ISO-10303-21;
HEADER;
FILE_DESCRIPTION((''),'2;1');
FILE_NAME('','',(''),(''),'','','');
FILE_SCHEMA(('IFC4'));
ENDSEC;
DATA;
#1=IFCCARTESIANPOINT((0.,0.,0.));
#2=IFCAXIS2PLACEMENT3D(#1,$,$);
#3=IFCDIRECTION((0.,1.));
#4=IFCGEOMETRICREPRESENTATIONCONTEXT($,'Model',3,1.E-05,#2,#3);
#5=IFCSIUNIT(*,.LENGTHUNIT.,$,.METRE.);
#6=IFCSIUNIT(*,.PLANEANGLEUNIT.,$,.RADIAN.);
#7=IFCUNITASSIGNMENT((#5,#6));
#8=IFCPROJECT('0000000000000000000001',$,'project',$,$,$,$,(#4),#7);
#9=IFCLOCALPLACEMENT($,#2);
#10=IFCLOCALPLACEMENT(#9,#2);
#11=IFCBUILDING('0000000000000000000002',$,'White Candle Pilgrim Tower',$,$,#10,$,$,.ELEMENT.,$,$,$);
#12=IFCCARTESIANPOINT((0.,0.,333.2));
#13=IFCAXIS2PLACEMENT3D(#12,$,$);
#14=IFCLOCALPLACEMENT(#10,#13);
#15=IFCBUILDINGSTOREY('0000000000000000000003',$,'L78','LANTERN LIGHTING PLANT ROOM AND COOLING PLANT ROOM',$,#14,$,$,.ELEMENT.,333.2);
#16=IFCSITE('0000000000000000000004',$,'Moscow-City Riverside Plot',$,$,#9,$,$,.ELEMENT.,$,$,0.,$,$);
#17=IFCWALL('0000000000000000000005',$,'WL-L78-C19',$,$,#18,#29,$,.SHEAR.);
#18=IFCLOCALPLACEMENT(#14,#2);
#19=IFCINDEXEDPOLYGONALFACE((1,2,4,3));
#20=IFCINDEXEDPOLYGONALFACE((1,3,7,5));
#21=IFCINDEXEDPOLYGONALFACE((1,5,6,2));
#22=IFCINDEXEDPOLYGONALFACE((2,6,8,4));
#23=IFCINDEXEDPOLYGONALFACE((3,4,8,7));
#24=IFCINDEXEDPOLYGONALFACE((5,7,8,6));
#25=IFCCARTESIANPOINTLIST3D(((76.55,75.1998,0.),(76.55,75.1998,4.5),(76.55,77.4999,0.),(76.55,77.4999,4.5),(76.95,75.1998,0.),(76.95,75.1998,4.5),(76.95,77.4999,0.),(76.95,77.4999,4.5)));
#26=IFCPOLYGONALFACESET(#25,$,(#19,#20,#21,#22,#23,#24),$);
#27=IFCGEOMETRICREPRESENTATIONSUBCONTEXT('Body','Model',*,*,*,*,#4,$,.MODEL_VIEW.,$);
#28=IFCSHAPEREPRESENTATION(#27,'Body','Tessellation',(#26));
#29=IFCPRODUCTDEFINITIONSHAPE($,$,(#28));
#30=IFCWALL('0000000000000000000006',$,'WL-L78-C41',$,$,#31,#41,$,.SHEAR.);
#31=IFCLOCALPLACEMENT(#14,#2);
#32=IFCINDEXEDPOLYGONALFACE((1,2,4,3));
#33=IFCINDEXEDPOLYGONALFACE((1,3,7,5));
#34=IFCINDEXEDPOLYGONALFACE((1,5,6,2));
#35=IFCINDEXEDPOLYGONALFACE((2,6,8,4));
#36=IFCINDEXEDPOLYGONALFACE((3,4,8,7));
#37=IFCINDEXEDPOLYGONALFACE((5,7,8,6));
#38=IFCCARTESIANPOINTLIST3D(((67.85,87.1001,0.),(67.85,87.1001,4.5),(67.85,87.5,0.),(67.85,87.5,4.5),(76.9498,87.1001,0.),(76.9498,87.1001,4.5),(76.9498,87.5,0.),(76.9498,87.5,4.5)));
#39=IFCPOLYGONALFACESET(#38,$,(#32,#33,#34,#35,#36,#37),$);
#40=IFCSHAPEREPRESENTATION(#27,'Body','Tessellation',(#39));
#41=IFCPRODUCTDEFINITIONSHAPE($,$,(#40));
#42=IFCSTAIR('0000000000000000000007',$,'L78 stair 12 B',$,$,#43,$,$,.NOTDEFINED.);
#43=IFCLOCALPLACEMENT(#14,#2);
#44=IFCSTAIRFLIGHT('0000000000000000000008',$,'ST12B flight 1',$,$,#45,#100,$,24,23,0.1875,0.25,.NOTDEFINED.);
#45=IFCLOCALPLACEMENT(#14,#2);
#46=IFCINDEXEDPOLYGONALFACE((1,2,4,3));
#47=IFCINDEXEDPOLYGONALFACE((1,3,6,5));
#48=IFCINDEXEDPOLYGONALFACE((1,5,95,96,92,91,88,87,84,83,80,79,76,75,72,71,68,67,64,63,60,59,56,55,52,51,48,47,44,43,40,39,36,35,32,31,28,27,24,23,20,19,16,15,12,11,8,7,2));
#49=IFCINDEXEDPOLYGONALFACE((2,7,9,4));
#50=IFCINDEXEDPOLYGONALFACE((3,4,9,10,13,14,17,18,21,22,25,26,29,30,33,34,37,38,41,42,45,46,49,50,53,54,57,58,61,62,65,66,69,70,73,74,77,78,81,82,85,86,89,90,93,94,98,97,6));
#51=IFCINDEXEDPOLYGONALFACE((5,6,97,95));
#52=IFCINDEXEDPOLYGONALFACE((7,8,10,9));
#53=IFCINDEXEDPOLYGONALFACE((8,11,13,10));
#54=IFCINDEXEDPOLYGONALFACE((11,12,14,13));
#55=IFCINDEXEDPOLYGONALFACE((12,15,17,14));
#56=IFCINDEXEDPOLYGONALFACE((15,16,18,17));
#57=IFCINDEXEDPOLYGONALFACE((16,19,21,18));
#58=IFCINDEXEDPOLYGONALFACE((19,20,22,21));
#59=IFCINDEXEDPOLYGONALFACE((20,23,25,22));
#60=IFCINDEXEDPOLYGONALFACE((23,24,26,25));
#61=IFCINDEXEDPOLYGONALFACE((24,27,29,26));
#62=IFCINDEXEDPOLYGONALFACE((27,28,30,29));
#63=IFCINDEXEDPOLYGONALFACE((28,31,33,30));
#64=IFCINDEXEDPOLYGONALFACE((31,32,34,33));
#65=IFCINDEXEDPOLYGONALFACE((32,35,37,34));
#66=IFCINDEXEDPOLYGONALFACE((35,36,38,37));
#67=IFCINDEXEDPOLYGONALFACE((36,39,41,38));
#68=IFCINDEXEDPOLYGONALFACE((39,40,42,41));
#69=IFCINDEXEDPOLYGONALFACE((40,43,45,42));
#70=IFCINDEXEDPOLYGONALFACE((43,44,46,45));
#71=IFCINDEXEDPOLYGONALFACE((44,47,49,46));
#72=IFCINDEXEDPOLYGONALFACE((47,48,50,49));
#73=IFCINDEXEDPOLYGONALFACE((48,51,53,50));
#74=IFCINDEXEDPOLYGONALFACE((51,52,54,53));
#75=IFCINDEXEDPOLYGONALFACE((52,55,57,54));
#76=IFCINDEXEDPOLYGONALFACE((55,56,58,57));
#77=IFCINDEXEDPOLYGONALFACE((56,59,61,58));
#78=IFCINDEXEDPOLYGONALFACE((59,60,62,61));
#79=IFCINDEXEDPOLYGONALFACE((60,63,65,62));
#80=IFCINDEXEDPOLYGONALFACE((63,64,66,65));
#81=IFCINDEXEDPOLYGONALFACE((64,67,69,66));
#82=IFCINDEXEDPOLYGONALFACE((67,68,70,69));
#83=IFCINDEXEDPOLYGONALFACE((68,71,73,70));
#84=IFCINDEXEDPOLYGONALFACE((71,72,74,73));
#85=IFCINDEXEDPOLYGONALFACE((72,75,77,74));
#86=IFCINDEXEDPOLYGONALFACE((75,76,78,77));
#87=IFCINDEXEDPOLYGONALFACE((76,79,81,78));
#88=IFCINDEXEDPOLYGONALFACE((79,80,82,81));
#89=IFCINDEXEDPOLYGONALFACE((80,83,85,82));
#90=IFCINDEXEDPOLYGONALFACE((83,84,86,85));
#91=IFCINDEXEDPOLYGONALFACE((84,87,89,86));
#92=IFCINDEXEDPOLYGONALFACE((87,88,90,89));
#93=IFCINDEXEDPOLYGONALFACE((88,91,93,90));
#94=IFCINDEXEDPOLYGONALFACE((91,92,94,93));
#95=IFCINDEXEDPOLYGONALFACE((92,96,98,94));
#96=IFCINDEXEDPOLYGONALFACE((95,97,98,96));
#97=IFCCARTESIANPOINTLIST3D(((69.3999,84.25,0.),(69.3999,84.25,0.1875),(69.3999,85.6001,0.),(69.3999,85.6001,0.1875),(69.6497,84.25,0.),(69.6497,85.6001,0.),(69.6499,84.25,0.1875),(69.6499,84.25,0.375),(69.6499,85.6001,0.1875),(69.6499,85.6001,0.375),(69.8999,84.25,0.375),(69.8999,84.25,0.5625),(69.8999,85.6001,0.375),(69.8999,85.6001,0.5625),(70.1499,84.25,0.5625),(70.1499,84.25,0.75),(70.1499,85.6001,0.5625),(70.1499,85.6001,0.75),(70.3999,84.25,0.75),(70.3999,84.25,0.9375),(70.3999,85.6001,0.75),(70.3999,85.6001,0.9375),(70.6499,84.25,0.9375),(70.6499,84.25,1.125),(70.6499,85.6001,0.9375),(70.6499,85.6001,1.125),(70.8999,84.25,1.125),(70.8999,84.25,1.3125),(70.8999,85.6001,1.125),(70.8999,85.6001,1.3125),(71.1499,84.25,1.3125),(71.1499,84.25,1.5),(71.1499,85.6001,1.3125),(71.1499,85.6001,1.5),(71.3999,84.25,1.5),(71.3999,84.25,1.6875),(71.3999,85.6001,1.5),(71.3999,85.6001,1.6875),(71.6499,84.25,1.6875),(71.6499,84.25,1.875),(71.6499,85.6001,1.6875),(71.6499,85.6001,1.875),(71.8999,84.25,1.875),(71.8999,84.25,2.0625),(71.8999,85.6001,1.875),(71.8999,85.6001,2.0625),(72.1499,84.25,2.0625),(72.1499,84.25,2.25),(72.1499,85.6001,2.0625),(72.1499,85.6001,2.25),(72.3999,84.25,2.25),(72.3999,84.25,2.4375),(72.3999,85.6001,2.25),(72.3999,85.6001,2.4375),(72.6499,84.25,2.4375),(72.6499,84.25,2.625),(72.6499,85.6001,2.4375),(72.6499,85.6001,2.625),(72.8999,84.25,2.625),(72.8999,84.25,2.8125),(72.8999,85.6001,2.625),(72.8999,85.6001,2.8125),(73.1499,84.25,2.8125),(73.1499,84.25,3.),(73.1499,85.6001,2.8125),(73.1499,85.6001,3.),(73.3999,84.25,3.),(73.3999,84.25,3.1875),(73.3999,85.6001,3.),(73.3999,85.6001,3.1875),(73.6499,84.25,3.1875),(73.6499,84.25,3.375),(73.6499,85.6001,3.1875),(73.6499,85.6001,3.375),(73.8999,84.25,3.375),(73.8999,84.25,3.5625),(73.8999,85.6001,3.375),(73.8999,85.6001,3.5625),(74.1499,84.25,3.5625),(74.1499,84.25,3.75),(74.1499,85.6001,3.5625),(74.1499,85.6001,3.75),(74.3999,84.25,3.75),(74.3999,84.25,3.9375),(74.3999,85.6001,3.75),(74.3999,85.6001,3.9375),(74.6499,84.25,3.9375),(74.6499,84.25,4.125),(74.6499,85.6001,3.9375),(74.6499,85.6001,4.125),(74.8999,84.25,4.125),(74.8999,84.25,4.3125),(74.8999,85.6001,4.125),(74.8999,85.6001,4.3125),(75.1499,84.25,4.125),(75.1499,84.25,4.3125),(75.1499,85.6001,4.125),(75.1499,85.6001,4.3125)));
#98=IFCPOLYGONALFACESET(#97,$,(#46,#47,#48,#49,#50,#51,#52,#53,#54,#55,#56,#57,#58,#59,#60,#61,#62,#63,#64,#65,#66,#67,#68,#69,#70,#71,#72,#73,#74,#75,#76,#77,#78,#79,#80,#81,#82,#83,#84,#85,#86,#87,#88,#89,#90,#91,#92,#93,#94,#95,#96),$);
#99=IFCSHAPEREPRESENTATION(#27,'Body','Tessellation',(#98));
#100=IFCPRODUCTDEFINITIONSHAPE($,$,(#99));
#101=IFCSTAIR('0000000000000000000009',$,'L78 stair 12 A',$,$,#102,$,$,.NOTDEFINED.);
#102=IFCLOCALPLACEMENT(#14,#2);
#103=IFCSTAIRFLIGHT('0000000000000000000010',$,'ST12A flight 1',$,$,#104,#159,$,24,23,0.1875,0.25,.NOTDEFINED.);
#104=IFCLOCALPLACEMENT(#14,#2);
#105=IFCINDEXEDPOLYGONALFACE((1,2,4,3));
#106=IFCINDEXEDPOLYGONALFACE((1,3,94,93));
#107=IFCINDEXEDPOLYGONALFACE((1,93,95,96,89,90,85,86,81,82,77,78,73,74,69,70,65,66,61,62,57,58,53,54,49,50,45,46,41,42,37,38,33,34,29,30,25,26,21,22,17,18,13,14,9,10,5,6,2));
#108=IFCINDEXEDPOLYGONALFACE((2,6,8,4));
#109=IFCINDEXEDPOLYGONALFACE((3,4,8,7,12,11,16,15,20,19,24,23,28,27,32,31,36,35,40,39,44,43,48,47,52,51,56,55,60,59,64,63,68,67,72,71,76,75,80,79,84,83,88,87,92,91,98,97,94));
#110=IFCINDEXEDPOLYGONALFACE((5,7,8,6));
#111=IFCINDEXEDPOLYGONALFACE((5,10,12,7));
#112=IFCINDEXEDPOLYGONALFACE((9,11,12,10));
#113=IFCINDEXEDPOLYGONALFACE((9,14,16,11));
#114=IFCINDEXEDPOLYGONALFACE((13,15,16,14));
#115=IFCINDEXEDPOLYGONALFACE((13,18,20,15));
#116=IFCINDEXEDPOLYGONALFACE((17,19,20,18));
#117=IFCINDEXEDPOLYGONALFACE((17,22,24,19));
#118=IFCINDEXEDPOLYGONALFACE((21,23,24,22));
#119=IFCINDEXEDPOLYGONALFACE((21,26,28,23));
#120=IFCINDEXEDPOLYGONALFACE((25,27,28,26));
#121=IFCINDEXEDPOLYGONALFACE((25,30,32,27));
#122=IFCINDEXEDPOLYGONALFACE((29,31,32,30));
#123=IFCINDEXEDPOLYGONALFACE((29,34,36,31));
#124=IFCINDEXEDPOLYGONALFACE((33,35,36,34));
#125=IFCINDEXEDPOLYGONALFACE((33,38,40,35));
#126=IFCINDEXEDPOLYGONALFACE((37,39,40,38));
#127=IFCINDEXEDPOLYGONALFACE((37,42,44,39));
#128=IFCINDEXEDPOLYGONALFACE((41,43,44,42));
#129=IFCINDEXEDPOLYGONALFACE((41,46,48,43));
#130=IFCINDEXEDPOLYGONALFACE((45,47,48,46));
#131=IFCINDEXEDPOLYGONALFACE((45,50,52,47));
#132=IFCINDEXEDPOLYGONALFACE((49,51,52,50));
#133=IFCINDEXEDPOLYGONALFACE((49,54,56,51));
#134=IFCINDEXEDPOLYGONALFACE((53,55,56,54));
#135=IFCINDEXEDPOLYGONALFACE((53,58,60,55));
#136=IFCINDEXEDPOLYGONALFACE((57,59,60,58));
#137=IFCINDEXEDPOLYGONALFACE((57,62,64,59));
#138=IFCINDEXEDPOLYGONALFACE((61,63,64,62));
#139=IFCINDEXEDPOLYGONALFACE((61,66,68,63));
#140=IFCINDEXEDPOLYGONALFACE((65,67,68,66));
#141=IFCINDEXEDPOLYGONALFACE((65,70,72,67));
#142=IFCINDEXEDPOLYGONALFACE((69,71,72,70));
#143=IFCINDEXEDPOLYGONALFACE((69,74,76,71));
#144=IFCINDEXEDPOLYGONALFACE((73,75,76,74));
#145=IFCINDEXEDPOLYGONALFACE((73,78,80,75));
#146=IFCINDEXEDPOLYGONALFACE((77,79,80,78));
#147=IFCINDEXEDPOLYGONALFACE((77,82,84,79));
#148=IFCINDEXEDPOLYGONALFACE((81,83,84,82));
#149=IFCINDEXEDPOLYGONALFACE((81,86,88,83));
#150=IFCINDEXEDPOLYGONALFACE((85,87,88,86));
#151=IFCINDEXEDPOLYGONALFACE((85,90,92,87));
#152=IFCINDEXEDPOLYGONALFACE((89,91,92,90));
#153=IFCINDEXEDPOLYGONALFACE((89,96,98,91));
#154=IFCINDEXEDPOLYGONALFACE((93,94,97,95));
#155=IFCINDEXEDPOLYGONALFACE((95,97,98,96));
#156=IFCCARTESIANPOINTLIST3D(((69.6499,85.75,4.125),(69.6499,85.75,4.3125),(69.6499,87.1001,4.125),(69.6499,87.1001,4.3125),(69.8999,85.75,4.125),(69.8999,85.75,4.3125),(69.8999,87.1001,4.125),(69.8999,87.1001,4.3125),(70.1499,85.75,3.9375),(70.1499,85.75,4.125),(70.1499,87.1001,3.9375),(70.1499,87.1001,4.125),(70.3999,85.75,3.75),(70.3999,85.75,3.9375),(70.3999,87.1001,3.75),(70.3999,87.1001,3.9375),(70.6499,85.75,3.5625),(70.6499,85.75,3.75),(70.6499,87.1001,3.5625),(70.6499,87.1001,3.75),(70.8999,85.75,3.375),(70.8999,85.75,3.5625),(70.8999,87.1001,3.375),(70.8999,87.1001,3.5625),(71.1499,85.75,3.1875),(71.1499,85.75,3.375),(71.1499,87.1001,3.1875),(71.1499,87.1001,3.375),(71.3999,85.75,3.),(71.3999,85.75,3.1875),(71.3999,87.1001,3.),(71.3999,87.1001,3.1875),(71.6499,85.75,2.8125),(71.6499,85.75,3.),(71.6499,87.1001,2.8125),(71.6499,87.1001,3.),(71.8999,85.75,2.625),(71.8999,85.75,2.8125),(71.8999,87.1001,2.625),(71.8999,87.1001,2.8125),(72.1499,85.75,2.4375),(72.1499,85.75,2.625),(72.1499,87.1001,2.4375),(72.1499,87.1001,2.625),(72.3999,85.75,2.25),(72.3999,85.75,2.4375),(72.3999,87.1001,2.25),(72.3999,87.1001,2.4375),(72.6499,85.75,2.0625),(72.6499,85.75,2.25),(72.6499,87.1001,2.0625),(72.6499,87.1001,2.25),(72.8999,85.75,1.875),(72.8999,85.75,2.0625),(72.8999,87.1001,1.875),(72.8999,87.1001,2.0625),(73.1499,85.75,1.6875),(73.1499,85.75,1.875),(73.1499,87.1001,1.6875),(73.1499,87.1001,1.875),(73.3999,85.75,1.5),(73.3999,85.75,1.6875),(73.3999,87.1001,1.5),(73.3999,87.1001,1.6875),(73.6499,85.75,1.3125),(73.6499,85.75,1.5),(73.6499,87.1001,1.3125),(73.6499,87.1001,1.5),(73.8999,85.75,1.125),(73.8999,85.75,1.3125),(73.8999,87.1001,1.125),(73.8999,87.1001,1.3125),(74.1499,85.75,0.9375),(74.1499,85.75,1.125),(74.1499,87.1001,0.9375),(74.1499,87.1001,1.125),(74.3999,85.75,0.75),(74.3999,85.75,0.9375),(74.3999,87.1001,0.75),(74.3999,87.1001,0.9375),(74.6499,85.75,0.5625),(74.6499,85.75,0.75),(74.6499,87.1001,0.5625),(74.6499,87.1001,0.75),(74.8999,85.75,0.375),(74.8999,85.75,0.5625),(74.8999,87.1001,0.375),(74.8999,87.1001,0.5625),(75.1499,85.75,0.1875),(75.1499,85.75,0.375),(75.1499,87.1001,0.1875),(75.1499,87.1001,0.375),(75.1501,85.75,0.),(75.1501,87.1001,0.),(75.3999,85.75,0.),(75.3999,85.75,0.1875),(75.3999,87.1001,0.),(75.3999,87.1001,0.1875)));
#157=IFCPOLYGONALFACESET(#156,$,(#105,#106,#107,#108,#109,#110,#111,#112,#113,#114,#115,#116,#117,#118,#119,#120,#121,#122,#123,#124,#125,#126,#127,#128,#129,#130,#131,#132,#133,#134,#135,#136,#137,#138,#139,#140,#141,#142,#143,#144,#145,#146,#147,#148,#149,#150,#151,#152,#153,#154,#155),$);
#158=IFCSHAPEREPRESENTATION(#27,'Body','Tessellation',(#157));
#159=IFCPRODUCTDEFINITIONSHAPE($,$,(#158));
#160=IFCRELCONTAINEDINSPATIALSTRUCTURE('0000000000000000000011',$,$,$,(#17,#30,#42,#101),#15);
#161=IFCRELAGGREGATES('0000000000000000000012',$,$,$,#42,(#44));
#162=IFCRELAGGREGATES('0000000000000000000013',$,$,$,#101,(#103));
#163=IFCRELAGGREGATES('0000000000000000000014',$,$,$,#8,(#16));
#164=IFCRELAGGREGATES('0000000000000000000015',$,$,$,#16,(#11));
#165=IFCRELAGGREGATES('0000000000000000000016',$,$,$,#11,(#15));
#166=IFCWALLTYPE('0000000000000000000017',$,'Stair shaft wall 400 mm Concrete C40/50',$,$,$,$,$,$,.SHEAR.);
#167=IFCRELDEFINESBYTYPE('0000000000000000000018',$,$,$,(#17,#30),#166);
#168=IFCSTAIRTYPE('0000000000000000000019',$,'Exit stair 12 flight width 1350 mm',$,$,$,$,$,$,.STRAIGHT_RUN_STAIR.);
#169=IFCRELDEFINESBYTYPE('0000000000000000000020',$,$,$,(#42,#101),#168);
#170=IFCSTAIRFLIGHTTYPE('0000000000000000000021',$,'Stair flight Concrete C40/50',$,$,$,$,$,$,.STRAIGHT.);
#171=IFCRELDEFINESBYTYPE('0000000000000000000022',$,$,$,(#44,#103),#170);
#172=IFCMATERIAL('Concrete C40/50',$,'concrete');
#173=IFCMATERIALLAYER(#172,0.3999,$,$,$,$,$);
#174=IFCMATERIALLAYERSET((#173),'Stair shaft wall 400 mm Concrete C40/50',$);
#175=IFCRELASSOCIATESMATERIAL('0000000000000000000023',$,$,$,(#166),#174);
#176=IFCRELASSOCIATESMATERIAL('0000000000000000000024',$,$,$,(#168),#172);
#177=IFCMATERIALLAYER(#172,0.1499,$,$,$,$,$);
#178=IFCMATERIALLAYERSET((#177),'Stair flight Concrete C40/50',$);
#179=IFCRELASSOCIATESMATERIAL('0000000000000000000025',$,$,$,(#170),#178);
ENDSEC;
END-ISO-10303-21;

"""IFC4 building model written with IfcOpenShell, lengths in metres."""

from ifc_helpers import new_model, si_unit, direction, frame, frame_2d, origin, place, context, subcontext, project, spatial, polyline, rectangle, outline, extrude, material, layer, layer_set, type_object, element, aggregate, save


model = new_model("IFC4")

# Units and contexts
model_context = context("Model", 3, precision=1e-05, world=origin(), true_north=direction((0.0, 1.0)))
body_context = subcontext(model_context, "Body", "Model", "MODEL_VIEW")
ifc_project = project(units=[si_unit("LENGTHUNIT", "METRE"), si_unit("PLANEANGLEUNIT", "RADIAN")], contexts=[model_context])

# Site, building, storey
site_placement = place(None, origin())
site = spatial("IfcSite", under=ifc_project, at=site_placement, Name="Moscow-City Riverside Plot", CompositionType="ELEMENT", RefElevation=0.0)
building_placement = place(site_placement, origin())
building = spatial("IfcBuilding", under=site, at=building_placement, Name="White Candle Pilgrim Tower", CompositionType="ELEMENT")
storey_placement = place(building_placement, frame((0.0, 0.0, 333.2)))
storey = spatial("IfcBuildingStorey", under=building, at=storey_placement, Name="L78", Description="LANTERN LIGHTING PLANT ROOM AND COOLING PLANT ROOM", CompositionType="ELEMENT", Elevation=333.2)

# Shared definitions
ifc_material_1 = material(Name="Concrete C40/50", Category="concrete")

# Walls
ifc_layer_1 = layer(ifc_material_1, 0.3999)
ifc_layer_set_1 = layer_set([ifc_layer_1], Name="Stair shaft wall 400 mm Concrete C40/50")
wall_type_1 = type_object("IfcWallType", Name="Stair shaft wall 400 mm Concrete C40/50", PredefinedType="SHEAR", material=ifc_layer_set_1)
wall_1_placement = place(storey_placement, frame((76.75, 75.2, 0.0), z_axis=(0.0, 0.0, 1.0), x_axis=(0.0, 1.0, 0.0)))
element("IfcWall", 1, at=wall_1_placement, inside=storey, type_object=wall_type_1, Name="WL-L78-C19", PredefinedType="SHEAR", context=body_context, shape_type="SweptSolid", body=[
    extrude(rectangle(XDim=2.3, YDim=0.3999, at=frame_2d((1.1499, 0.0))), origin(), (0.0, 0.0, 1.0), 4.5),
])
wall_2_placement = place(storey_placement, frame((67.8501, 87.3, 0.0), z_axis=(0.0, 0.0, 1.0), x_axis=(1.0, 0.0, 0.0)))
element("IfcWall", 2, at=wall_2_placement, inside=storey, type_object=wall_type_1, Name="WL-L78-C41", PredefinedType="SHEAR", context=body_context, shape_type="SweptSolid", body=[
    extrude(rectangle(XDim=9.0999, YDim=0.3999, at=frame_2d((4.5498, 0.0))), origin(), (0.0, 0.0, 1.0), 4.5),
])

# Stairs, stair flights
stair_type = type_object("IfcStairType", Name="Exit stair 12 flight width 1350 mm", PredefinedType="STRAIGHT_RUN_STAIR", material=ifc_material_1)
stair_1_placement = place(storey_placement, origin())
stair_1 = element("IfcStair", 3, at=stair_1_placement, inside=storey, type_object=stair_type, Name="L78 stair 12 B", PredefinedType="NOTDEFINED")
ifc_layer_2 = layer(ifc_material_1, 0.1499)
ifc_layer_set_2 = layer_set([ifc_layer_2], Name="Stair flight Concrete C40/50")
stair_flight_type = type_object("IfcStairFlightType", Name="Stair flight Concrete C40/50", PredefinedType="STRAIGHT", material=ifc_layer_set_2)
stair_flight_1_placement = place(storey_placement, frame((69.3999, 84.925, 0.0), z_axis=(0.0, 0.0, 1.0), x_axis=(1.0, 0.0, 0.0)))
stair_flight_1 = element("IfcStairFlight", 4, at=stair_flight_1_placement, type_object=stair_flight_type, Name="ST12B flight 1", NumberOfRisers=24, NumberOfTreads=23, PredefinedType="NOTDEFINED", RiserHeight=0.1875, TreadLength=0.25, context=body_context, shape_type="SweptSolid", body=[
    extrude(outline(polyline([(0.0, 0.0), (0.0, 0.1875), (0.25, 0.1875), (0.25, 0.375), (0.5, 0.375), (0.5, 0.5625), (0.75, 0.5625), (0.75, 0.75), (1.0, 0.75), (1.0, 0.9375), (1.25, 0.9375), (1.25, 1.125), (1.5, 1.125), (1.5, 1.3125), (1.75, 1.3125), (1.75, 1.5), (2.0, 1.5), (2.0, 1.6875), (2.25, 1.6875), (2.25, 1.875), (2.5, 1.875), (2.5, 2.0625), (2.75, 2.0625), (2.75, 2.25), (3.0, 2.25), (3.0, 2.4375), (3.25, 2.4375), (3.25, 2.625), (3.5, 2.625), (3.5, 2.8125), (3.75, 2.8125), (3.75, 3.0), (4.0, 3.0), (4.0, 3.1875), (4.25, 3.1875), (4.25, 3.375), (4.5, 3.375), (4.5, 3.5625), (4.75, 3.5625), (4.75, 3.75), (5.0, 3.75), (5.0, 3.9375), (5.25, 3.9375), (5.25, 4.125), (5.5, 4.125), (5.5, 4.3125), (5.75, 4.3125), (5.75, 4.5), (5.75, 4.125), (0.2498, 0.0), (0.0, 0.0)])), frame((0.0, 0.675, 0.0), z_axis=(0.0, -1.0, 0.0), x_axis=(1.0, 0.0, 0.0)), (0.0, 0.0, 1.0), 1.3501),
])
aggregate(stair_1, [stair_flight_1])
stair_2_placement = place(storey_placement, origin())
stair_2 = element("IfcStair", 5, at=stair_2_placement, inside=storey, type_object=stair_type, Name="L78 stair 12 A", PredefinedType="NOTDEFINED")
stair_flight_2_placement = place(storey_placement, frame((75.3999, 86.425, 0.0), z_axis=(0.0, 0.0, 1.0), x_axis=(-1.0, 0.0, 0.0)))
stair_flight_2 = element("IfcStairFlight", 6, at=stair_flight_2_placement, type_object=stair_flight_type, Name="ST12A flight 1", NumberOfRisers=24, NumberOfTreads=23, PredefinedType="NOTDEFINED", RiserHeight=0.1875, TreadLength=0.25, context=body_context, shape_type="SweptSolid", body=[
    extrude(outline(polyline([(0.0, 0.0), (0.0, 0.1875), (0.25, 0.1875), (0.25, 0.375), (0.5, 0.375), (0.5, 0.5625), (0.75, 0.5625), (0.75, 0.75), (1.0, 0.75), (1.0, 0.9375), (1.25, 0.9375), (1.25, 1.125), (1.5, 1.125), (1.5, 1.3125), (1.75, 1.3125), (1.75, 1.5), (2.0, 1.5), (2.0, 1.6875), (2.25, 1.6875), (2.25, 1.875), (2.5, 1.875), (2.5, 2.0625), (2.75, 2.0625), (2.75, 2.25), (3.0, 2.25), (3.0, 2.4375), (3.25, 2.4375), (3.25, 2.625), (3.5, 2.625), (3.5, 2.8125), (3.75, 2.8125), (3.75, 3.0), (4.0, 3.0), (4.0, 3.1875), (4.25, 3.1875), (4.25, 3.375), (4.5, 3.375), (4.5, 3.5625), (4.75, 3.5625), (4.75, 3.75), (5.0, 3.75), (5.0, 3.9375), (5.25, 3.9375), (5.25, 4.125), (5.5, 4.125), (5.5, 4.3125), (5.75, 4.3125), (5.75, 4.5), (5.75, 4.125), (0.2498, 0.0), (0.0, 0.0)])), frame((0.0, 0.675, 0.0), z_axis=(0.0, -1.0, 0.0), x_axis=(1.0, 0.0, 0.0)), (0.0, 0.0, 1.0), 1.3501),
])
aggregate(stair_2, [stair_flight_2])

save(model, "model.ifc")
